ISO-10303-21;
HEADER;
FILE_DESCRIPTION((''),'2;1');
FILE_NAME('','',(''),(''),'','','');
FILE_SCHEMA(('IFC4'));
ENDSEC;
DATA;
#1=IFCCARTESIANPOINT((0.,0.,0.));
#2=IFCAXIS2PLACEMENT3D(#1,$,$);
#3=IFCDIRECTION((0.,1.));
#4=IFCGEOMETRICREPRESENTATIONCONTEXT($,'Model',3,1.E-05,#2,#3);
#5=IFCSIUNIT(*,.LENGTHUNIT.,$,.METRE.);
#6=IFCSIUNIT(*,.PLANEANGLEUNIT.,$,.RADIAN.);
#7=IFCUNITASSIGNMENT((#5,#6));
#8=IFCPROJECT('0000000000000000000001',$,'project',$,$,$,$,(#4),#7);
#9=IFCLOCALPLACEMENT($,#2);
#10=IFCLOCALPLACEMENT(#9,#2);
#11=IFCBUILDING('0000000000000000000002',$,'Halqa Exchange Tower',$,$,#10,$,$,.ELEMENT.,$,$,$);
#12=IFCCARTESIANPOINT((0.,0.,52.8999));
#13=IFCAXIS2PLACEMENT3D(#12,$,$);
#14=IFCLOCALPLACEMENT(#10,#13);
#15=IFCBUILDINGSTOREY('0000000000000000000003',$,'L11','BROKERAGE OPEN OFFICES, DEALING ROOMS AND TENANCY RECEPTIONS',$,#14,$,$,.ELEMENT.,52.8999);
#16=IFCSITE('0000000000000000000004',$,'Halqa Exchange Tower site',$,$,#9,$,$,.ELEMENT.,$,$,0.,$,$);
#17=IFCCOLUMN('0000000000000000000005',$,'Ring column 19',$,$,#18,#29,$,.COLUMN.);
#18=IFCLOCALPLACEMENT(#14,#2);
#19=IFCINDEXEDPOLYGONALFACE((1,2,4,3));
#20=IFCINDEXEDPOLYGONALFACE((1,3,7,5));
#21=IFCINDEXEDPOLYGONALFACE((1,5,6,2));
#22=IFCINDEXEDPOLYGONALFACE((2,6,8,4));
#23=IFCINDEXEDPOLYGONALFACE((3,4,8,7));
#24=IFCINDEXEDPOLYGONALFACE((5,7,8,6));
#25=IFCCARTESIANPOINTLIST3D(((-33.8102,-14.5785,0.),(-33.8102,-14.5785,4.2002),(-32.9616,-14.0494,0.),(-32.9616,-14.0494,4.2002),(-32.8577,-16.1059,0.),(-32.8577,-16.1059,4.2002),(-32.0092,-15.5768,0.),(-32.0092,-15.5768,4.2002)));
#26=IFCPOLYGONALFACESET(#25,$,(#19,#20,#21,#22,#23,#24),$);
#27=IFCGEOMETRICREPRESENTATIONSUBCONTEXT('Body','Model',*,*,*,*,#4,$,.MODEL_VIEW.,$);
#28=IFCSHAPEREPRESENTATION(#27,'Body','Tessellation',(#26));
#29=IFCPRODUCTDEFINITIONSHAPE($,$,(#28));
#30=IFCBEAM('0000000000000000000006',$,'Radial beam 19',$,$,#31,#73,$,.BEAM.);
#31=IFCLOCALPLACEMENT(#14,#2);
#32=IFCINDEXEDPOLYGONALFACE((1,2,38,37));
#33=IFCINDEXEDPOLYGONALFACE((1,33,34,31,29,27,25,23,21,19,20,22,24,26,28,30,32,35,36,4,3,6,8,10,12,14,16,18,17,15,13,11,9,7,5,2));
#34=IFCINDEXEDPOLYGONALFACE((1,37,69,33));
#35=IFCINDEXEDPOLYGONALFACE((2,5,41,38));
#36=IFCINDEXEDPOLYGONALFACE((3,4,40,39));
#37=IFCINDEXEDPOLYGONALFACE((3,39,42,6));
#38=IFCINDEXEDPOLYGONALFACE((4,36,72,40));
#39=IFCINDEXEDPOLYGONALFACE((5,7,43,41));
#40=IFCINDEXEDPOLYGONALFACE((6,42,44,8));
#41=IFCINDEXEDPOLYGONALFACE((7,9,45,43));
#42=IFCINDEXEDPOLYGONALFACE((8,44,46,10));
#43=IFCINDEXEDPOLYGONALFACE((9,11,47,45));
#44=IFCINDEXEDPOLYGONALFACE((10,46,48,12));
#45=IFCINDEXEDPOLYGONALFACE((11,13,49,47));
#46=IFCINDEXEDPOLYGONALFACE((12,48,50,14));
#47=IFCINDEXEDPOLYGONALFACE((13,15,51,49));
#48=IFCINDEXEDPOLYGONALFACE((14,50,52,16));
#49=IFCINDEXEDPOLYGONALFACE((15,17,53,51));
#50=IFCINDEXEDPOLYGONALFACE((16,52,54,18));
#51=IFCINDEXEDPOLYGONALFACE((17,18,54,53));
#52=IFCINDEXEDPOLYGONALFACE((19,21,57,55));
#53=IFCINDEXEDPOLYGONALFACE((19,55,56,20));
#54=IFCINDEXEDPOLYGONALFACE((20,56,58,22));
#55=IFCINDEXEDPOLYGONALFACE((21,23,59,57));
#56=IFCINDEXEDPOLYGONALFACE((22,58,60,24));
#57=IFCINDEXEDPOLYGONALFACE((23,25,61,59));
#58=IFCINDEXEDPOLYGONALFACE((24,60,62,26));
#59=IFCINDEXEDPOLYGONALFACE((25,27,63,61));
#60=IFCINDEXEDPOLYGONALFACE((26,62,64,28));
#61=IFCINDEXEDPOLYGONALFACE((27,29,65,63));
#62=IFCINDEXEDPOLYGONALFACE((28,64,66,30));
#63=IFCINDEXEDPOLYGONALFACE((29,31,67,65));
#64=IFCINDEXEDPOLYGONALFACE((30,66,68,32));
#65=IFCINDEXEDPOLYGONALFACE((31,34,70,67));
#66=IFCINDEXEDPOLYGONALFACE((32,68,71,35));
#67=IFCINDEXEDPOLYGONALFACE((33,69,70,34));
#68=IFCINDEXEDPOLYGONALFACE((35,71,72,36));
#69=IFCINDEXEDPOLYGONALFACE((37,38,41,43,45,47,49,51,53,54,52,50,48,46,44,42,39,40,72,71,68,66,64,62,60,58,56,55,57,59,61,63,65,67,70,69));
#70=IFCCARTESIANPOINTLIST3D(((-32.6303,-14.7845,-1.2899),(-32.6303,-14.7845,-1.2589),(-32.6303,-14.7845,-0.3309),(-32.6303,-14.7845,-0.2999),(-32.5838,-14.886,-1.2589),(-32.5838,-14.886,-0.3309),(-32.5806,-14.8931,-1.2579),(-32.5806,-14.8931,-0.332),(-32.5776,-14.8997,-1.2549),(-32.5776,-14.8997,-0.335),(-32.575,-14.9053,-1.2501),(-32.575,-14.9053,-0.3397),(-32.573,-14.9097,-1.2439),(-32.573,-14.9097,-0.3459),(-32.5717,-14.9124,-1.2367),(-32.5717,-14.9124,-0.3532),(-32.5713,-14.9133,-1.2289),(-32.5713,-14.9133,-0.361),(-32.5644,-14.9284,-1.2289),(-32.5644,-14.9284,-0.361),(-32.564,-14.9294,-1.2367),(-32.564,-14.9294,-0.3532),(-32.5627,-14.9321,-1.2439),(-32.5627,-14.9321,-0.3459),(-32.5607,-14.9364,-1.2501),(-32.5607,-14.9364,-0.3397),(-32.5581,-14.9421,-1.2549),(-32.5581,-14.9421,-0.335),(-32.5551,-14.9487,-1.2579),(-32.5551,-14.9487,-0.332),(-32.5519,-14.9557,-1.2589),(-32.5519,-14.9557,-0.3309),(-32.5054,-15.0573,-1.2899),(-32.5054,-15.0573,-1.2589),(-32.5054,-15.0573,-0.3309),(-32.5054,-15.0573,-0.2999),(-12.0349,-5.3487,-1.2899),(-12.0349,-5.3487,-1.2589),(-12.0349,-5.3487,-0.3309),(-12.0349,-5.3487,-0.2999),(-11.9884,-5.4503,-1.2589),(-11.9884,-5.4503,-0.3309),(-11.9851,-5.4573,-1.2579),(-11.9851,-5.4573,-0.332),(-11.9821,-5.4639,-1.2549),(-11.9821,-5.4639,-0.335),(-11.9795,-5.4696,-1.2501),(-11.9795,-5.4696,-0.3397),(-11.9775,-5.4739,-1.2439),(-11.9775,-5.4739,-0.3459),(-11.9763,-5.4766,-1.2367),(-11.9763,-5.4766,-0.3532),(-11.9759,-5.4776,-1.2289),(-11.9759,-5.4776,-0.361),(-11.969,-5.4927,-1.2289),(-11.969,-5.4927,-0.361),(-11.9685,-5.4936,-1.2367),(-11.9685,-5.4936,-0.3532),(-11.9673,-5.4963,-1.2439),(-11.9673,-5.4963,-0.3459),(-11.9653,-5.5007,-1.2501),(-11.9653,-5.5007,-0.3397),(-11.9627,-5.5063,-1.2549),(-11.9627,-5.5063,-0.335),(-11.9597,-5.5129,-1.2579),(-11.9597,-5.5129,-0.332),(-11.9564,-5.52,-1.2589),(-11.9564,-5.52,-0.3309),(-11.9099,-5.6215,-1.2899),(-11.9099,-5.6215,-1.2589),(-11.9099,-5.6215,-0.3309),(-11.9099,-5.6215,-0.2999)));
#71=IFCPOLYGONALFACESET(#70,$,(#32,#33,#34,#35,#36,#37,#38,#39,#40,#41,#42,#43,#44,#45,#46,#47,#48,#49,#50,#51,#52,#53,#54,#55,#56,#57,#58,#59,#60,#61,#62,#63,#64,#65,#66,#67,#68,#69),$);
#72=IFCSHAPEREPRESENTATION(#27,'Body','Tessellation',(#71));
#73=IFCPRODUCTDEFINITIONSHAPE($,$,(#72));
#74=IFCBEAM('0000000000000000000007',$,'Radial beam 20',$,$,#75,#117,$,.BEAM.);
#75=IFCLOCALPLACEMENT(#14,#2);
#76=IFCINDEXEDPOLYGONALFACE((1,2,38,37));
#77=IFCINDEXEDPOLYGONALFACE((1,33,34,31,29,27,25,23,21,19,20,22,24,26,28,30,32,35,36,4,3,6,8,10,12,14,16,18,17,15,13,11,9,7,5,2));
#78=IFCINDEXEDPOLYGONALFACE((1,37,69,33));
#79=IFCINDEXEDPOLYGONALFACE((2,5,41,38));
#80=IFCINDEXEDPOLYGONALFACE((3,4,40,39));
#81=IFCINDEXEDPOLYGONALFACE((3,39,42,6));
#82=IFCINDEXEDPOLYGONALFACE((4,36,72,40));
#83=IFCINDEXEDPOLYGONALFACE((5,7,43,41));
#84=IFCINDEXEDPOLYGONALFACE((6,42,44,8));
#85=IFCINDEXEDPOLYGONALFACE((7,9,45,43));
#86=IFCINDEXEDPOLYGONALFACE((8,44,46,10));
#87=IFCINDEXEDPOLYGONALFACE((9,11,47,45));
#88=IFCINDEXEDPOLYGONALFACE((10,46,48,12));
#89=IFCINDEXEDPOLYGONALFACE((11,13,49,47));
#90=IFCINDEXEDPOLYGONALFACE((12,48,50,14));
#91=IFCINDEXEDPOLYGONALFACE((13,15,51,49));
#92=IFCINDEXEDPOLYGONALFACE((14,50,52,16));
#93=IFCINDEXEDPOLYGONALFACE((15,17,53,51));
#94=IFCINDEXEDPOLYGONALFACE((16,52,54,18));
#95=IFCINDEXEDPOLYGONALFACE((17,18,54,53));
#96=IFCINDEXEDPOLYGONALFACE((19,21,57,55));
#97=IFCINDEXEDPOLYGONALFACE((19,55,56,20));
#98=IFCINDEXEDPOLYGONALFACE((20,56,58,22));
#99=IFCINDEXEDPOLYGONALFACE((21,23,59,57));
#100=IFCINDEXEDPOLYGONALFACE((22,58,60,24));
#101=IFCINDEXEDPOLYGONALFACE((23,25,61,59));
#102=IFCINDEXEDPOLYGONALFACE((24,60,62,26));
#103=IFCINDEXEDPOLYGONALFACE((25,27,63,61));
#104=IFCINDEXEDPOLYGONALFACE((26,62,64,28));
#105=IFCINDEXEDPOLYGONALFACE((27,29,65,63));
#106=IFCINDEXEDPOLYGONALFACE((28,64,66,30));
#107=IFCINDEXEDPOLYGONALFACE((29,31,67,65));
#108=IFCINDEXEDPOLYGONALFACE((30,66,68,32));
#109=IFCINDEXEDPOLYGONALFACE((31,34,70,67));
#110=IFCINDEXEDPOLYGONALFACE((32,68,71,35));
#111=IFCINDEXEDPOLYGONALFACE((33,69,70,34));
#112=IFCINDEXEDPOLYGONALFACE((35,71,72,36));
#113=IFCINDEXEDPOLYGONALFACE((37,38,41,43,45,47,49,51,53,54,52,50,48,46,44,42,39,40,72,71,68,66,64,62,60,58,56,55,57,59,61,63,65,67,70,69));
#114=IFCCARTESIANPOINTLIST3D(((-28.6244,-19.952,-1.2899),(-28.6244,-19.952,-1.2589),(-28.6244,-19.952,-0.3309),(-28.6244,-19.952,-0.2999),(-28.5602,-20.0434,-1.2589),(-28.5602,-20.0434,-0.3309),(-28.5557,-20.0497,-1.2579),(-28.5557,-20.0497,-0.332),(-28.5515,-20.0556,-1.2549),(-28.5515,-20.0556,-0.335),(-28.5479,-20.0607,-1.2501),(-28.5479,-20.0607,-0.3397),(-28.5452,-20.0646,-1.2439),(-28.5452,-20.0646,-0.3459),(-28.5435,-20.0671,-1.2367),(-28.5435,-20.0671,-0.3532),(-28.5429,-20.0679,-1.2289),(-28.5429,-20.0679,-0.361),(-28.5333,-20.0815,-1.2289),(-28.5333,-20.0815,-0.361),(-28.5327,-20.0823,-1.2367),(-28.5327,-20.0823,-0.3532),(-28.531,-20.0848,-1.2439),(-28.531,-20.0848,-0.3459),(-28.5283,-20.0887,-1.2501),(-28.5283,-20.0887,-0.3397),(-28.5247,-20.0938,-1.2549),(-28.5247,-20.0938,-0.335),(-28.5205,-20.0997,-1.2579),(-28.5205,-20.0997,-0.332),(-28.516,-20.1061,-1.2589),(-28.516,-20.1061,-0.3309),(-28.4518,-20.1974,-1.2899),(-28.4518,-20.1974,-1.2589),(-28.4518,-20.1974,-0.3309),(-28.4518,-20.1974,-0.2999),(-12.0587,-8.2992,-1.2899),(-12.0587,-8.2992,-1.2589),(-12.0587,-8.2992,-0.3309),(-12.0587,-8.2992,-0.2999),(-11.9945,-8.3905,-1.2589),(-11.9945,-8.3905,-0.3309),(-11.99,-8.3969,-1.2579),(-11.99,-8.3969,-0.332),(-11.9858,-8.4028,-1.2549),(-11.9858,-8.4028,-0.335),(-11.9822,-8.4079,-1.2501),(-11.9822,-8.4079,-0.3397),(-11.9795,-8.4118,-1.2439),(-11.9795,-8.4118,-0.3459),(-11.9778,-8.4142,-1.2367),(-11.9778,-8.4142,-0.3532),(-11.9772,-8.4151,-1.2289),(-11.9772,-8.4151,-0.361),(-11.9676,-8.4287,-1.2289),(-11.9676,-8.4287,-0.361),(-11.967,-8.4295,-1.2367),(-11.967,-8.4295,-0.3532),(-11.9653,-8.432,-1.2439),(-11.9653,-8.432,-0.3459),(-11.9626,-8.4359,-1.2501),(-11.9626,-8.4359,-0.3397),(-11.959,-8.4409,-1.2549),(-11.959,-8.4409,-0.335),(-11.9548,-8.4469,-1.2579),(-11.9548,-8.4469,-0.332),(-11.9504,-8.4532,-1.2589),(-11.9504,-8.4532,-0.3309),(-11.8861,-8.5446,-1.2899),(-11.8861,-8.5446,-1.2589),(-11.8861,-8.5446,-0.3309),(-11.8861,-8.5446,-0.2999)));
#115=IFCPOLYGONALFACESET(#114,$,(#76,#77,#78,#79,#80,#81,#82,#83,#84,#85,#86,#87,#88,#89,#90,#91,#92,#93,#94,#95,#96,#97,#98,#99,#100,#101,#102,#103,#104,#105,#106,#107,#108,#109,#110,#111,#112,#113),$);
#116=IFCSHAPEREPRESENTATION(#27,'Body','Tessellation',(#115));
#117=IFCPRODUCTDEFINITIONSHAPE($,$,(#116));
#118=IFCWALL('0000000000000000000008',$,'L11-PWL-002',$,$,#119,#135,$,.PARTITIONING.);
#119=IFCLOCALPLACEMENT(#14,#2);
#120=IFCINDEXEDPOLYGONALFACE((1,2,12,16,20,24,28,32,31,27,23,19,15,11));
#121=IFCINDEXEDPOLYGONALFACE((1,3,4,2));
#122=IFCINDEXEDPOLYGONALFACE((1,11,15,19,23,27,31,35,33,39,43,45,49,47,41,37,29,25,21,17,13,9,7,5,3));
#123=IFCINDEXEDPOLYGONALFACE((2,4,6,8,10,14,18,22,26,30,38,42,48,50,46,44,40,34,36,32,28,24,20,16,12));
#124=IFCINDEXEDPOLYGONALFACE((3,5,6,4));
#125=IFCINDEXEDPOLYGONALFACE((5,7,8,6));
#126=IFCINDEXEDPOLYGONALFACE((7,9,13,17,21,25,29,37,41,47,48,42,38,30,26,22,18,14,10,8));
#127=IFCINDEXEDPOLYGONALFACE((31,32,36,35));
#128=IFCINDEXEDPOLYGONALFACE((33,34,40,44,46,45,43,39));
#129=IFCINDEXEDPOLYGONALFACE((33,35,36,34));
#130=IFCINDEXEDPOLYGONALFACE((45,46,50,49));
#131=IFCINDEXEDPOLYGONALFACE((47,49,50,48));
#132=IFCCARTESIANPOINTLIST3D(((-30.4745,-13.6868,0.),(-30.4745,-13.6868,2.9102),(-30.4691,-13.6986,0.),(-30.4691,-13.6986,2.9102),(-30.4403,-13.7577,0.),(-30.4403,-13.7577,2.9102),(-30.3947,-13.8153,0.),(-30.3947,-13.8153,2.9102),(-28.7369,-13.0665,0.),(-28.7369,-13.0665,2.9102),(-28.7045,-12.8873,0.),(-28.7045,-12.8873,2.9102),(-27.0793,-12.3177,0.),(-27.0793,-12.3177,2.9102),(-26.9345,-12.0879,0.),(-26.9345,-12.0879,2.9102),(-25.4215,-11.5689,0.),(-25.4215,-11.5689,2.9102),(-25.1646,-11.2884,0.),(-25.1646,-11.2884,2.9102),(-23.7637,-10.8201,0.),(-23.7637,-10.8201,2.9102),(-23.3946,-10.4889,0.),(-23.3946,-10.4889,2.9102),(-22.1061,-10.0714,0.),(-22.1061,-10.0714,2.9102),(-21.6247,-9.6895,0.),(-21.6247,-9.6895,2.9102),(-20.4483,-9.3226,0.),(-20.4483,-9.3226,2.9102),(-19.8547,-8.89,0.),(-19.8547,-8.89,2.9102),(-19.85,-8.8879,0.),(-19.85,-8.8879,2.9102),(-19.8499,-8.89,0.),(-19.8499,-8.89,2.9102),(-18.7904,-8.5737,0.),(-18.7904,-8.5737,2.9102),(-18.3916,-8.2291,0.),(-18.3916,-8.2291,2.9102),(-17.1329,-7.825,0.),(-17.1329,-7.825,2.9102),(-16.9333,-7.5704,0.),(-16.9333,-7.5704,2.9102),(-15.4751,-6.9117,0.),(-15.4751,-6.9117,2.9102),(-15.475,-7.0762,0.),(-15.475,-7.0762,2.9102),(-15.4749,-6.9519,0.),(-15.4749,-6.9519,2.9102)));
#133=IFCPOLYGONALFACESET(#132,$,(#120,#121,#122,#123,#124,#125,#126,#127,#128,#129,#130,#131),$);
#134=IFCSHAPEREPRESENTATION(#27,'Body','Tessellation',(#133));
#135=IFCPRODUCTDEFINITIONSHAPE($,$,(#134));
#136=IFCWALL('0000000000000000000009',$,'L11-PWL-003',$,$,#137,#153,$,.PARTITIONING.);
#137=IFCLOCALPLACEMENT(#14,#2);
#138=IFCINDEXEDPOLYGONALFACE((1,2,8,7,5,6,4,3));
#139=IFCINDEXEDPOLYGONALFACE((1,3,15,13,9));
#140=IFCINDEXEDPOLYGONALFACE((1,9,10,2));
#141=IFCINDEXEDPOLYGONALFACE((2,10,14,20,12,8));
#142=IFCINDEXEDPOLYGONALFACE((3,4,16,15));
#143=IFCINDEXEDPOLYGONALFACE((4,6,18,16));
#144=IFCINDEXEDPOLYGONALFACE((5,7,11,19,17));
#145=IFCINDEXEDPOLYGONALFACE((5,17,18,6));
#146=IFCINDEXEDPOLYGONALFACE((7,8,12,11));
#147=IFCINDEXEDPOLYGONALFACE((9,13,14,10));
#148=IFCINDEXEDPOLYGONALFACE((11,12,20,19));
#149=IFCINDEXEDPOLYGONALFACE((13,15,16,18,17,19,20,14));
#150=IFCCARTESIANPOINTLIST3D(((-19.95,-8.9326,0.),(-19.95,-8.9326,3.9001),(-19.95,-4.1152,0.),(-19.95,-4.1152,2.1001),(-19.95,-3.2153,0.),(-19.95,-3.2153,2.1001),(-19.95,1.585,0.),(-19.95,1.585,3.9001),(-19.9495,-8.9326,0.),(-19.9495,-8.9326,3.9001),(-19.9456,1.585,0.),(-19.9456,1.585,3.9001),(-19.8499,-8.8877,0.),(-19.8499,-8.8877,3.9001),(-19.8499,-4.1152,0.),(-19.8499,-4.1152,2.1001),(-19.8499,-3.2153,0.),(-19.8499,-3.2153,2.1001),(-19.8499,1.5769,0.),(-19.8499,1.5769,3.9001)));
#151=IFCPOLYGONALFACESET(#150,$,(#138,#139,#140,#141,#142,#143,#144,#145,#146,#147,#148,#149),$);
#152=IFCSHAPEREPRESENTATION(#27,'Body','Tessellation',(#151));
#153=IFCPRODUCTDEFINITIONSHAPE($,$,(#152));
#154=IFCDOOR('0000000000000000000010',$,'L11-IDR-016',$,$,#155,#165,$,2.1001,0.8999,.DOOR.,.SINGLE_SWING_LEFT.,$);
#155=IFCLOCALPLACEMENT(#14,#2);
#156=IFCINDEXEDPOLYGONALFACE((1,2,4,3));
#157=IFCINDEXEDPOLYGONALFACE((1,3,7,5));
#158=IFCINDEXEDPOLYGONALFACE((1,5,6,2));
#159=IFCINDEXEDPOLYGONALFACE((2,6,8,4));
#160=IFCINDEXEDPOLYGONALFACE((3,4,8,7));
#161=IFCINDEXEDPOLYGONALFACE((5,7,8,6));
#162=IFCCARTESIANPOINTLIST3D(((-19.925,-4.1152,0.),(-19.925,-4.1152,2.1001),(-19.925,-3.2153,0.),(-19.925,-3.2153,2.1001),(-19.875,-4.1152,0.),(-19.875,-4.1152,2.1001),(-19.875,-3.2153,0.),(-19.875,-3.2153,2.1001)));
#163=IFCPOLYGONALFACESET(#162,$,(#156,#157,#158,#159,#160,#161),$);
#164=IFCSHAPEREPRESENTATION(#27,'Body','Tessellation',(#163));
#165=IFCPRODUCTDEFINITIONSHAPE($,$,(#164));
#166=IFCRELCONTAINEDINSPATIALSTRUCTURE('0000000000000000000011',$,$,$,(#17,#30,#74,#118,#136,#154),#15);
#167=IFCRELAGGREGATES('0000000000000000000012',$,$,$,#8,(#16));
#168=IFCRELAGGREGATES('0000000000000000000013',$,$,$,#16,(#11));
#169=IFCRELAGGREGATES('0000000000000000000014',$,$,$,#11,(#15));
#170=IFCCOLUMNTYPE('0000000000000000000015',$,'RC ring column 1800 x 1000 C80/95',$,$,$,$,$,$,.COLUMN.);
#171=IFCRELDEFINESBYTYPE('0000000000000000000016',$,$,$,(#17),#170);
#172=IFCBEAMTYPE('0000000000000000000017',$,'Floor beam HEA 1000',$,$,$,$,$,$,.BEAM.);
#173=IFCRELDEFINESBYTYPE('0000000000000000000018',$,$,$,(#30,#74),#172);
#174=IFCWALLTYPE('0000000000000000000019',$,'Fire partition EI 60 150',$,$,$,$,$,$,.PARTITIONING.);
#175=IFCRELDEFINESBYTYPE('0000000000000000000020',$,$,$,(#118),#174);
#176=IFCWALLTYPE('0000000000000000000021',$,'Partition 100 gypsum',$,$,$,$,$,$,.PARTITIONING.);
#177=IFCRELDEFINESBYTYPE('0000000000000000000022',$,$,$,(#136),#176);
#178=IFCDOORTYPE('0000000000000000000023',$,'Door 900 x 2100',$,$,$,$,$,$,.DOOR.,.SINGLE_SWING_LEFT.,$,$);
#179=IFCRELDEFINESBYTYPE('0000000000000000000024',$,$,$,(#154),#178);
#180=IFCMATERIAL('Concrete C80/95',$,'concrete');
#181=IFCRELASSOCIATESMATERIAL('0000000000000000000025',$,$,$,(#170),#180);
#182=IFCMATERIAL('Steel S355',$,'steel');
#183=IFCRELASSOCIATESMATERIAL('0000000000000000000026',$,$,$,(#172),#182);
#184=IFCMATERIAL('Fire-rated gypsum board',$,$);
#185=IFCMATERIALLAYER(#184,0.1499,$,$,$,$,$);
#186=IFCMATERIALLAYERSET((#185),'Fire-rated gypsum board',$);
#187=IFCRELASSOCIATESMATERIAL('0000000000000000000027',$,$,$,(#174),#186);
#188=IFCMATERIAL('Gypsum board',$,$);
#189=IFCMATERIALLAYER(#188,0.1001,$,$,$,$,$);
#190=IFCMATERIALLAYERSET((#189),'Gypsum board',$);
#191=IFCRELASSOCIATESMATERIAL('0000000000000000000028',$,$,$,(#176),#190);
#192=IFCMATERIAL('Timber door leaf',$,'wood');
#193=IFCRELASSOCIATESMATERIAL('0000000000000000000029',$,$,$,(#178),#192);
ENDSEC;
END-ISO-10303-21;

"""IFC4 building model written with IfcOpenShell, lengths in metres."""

from ifc_helpers import new_model, si_unit, direction, frame, frame_2d, origin, origin_2d, place, context, subcontext, project, spatial, polyline, rectangle, i_section, outline, extrude, material, layer, layer_set, material_profile, profile_set, type_object, element, fill, save


model = new_model("IFC4")

# Units and contexts
model_context = context("Model", 3, precision=1e-05, world=origin(), true_north=direction((0.0, 1.0)))
body_context = subcontext(model_context, "Body", "Model", "MODEL_VIEW")
ifc_project = project(units=[si_unit("LENGTHUNIT", "METRE"), si_unit("PLANEANGLEUNIT", "RADIAN")], contexts=[model_context])

# Site, building, storey
site_placement = place(None, origin())
site = spatial("IfcSite", under=ifc_project, at=site_placement, Name="Halqa Exchange Tower site", CompositionType="ELEMENT", RefElevation=0.0)
building_placement = place(site_placement, origin())
building = spatial("IfcBuilding", under=site, at=building_placement, Name="Halqa Exchange Tower", CompositionType="ELEMENT")
storey_placement = place(building_placement, frame((0.0, 0.0, 52.8999)))
storey = spatial("IfcBuildingStorey", under=building, at=storey_placement, Name="L11", Description="BROKERAGE OPEN OFFICES, DEALING ROOMS AND TENANCY RECEPTIONS", CompositionType="ELEMENT", Elevation=52.8999)

# Column
ifc_material_1 = material(Name="Concrete C80/95", Category="concrete")
ifc_material_profile_1 = material_profile(ifc_material_1, rectangle(XDim=1.8, YDim=1.0, at=origin_2d()), Name="1800 x 1000")
ifc_profile_set_1 = profile_set([ifc_material_profile_1], Name="Concrete C80/95")
column_type = type_object("IfcColumnType", Name="RC ring column 1800 x 1000 C80/95", PredefinedType="COLUMN", material=ifc_profile_set_1)
column_placement = place(storey_placement, frame((-32.9097, -15.0776, 0.0), z_axis=(0.0, 0.0, 1.0), x_axis=(0.529143, -0.848532, 0.0)))
element("IfcColumn", 1, at=column_placement, inside=storey, type_object=column_type, Name="Ring column 19", PredefinedType="COLUMN", context=body_context, shape_type="SweptSolid", body=[
    extrude(rectangle(XDim=1.8, YDim=1.0, at=origin_2d()), origin(), (0.0, 0.0, 1.0), 4.2002),
])

# Beams
ifc_material_2 = material(Name="Steel S355", Category="steel")
ifc_material_profile_2 = material_profile(ifc_material_2, i_section(OverallWidth=0.3, OverallDepth=0.99, WebThickness=0.0166, FlangeThickness=0.031, FilletRadius=0.03, at=origin_2d()), Name="HEA 1000")
ifc_profile_set_2 = profile_set([ifc_material_profile_2], Name="Steel S355")
beam_type = type_object("IfcBeamType", Name="Floor beam HEA 1000", PredefinedType="BEAM", material=ifc_profile_set_2)
beam_1_placement = place(storey_placement, frame((-11.9724, -5.4851, -0.7949), z_axis=(-0.909128, -0.416516, 0.0), x_axis=(0.416516, -0.909128, 0.0)))
element("IfcBeam", 2, at=beam_1_placement, inside=storey, type_object=beam_type, Name="Radial beam 19", PredefinedType="BEAM", context=body_context, shape_type="SweptSolid", body=[
    extrude(i_section(OverallWidth=0.3, OverallDepth=0.99, WebThickness=0.0166, FlangeThickness=0.031, FilletRadius=0.03, at=origin_2d()), origin(), (0.0, 0.0, 1.0), 22.6541),
])
beam_2_placement = place(storey_placement, frame((-11.9724, -8.4219, -0.7949), z_axis=(-0.817911, -0.575345, 0.0), x_axis=(0.575345, -0.817911, 0.0)))
element("IfcBeam", 3, at=beam_2_placement, inside=storey, type_object=beam_type, Name="Radial beam 20", PredefinedType="BEAM", context=body_context, shape_type="SweptSolid", body=[
    extrude(i_section(OverallWidth=0.3, OverallDepth=0.99, WebThickness=0.0166, FlangeThickness=0.031, FilletRadius=0.03, at=origin_2d()), origin(), (0.0, 0.0, 1.0), 20.2537),
])

# Wall
ifc_material_3 = material(Name="Fire-rated gypsum board")
ifc_layer_1 = layer(ifc_material_3, 0.1499)
ifc_layer_set_1 = layer_set([ifc_layer_1], Name="Fire-rated gypsum board")
wall_type_1 = type_object("IfcWallType", Name="Fire partition EI 60 150", PredefinedType="PARTITIONING", material=ifc_layer_set_1)
wall_1_placement = place(storey_placement, frame((-30.4436, -13.7551, 0.0), z_axis=(0.0, 0.0, 1.0), x_axis=(0.911344, 0.411646, 0.0)))
element("IfcWall", 4, at=wall_1_placement, inside=storey, type_object=wall_type_1, Name="L11-PWL-002", PredefinedType="PARTITIONING", context=body_context, shape_type="SweptSolid", body=[
    extrude(outline(polyline([(0.0198, -0.075), (1.8389, -0.075), (3.6577, -0.075), (5.4768, -0.075), (7.2959, -0.075), (9.1147, -0.075), (10.9338, -0.075), (12.7529, -0.075), (14.5718, -0.075), (16.3909, -0.075), (16.4421, 0.0383), (16.4421, 0.0383), (16.4585, 0.075), (14.8584, 0.075), (13.2583, 0.075), (11.658, 0.075), (11.6572, 0.073), (11.6528, 0.075), (9.7107, 0.075), (7.7686, 0.075), (5.8264, 0.075), (3.8843, 0.075), (1.9421, 0.075), (0.0, 0.075), (0.0, 0.062), (0.002, -0.0037), (0.0198, -0.075)])), origin(), (0.0, 0.0, 1.0), 2.9102),
])

# Wall, opening, door
ifc_material_4 = material(Name="Gypsum board")
ifc_layer_2 = layer(ifc_material_4, 0.1001)
ifc_layer_set_2 = layer_set([ifc_layer_2], Name="Gypsum board")
wall_type_2 = type_object("IfcWallType", Name="Partition 100 gypsum", PredefinedType="PARTITIONING", material=ifc_layer_set_2)
wall_2_placement = place(storey_placement, frame((-19.8999, -8.9326, 0.0), z_axis=(0.0, 0.0, 1.0), x_axis=(0.0, 1.0, 0.0)))
wall_2 = element("IfcWall", 5, at=wall_2_placement, inside=storey, type_object=wall_type_2, Name="L11-PWL-003", PredefinedType="PARTITIONING", context=body_context, shape_type="SweptSolid", body=[
    extrude(outline(polyline([(0.0449, -0.05), (1.7891, -0.05), (3.5332, -0.05), (5.2773, -0.05), (7.0212, -0.05), (8.7654, -0.05), (10.5095, -0.05), (10.5176, 0.0457), (10.5176, 0.05), (8.7646, 0.05), (7.0117, 0.05), (5.2588, 0.05), (3.5059, 0.05), (1.7529, 0.05), (0.0, 0.05), (0.0, 0.0496), (0.0449, -0.05)])), origin(), (0.0, 0.0, 1.0), 3.9001),
])
opening_1_placement = place(wall_2_placement, frame((4.8174, 0.0, 0.0)))
opening_1 = element("IfcOpeningElement", 6, at=opening_1_placement, cuts=wall_2, PredefinedType="OPENING", context=body_context, shape_type="SweptSolid", body=[
    extrude(rectangle(XDim=0.8999, YDim=2.1001, at=frame_2d((0.45, 1.05))), frame((0.0, 0.062, 0.0), z_axis=(0.0, -1.0, 0.0), x_axis=(1.0, 0.0, 0.0)), (0.0, 0.0, 1.0), 0.124),
])
ifc_material_5 = material(Name="Timber door leaf", Category="wood")
door_type_1 = type_object("IfcDoorType", Name="Door 900 x 2100", OperationType="SINGLE_SWING_LEFT", PredefinedType="DOOR", material=ifc_material_5)
door_1_placement = place(opening_1_placement, frame((0.8999, 0.0, 0.0), z_axis=(0.0, 0.0, 1.0), x_axis=(-1.0, 0.0, 0.0)))
door_1 = element("IfcDoor", 7, at=door_1_placement, inside=storey, type_object=door_type_1, Name="L11-IDR-016", OperationType="SINGLE_SWING_LEFT", OverallHeight=2.1001, OverallWidth=0.8999, PredefinedType="DOOR", context=body_context, shape_type="SweptSolid", body=[
    extrude(rectangle(XDim=0.8999, YDim=2.1001, at=frame_2d((0.45, 1.05))), frame((0.0, 0.0249, 0.0), z_axis=(0.0, -1.0, 0.0), x_axis=(1.0, 0.0, 0.0)), (0.0, 0.0, 1.0), 0.05),
])
fill(opening_1, door_1)

save(model, "model.ifc")
